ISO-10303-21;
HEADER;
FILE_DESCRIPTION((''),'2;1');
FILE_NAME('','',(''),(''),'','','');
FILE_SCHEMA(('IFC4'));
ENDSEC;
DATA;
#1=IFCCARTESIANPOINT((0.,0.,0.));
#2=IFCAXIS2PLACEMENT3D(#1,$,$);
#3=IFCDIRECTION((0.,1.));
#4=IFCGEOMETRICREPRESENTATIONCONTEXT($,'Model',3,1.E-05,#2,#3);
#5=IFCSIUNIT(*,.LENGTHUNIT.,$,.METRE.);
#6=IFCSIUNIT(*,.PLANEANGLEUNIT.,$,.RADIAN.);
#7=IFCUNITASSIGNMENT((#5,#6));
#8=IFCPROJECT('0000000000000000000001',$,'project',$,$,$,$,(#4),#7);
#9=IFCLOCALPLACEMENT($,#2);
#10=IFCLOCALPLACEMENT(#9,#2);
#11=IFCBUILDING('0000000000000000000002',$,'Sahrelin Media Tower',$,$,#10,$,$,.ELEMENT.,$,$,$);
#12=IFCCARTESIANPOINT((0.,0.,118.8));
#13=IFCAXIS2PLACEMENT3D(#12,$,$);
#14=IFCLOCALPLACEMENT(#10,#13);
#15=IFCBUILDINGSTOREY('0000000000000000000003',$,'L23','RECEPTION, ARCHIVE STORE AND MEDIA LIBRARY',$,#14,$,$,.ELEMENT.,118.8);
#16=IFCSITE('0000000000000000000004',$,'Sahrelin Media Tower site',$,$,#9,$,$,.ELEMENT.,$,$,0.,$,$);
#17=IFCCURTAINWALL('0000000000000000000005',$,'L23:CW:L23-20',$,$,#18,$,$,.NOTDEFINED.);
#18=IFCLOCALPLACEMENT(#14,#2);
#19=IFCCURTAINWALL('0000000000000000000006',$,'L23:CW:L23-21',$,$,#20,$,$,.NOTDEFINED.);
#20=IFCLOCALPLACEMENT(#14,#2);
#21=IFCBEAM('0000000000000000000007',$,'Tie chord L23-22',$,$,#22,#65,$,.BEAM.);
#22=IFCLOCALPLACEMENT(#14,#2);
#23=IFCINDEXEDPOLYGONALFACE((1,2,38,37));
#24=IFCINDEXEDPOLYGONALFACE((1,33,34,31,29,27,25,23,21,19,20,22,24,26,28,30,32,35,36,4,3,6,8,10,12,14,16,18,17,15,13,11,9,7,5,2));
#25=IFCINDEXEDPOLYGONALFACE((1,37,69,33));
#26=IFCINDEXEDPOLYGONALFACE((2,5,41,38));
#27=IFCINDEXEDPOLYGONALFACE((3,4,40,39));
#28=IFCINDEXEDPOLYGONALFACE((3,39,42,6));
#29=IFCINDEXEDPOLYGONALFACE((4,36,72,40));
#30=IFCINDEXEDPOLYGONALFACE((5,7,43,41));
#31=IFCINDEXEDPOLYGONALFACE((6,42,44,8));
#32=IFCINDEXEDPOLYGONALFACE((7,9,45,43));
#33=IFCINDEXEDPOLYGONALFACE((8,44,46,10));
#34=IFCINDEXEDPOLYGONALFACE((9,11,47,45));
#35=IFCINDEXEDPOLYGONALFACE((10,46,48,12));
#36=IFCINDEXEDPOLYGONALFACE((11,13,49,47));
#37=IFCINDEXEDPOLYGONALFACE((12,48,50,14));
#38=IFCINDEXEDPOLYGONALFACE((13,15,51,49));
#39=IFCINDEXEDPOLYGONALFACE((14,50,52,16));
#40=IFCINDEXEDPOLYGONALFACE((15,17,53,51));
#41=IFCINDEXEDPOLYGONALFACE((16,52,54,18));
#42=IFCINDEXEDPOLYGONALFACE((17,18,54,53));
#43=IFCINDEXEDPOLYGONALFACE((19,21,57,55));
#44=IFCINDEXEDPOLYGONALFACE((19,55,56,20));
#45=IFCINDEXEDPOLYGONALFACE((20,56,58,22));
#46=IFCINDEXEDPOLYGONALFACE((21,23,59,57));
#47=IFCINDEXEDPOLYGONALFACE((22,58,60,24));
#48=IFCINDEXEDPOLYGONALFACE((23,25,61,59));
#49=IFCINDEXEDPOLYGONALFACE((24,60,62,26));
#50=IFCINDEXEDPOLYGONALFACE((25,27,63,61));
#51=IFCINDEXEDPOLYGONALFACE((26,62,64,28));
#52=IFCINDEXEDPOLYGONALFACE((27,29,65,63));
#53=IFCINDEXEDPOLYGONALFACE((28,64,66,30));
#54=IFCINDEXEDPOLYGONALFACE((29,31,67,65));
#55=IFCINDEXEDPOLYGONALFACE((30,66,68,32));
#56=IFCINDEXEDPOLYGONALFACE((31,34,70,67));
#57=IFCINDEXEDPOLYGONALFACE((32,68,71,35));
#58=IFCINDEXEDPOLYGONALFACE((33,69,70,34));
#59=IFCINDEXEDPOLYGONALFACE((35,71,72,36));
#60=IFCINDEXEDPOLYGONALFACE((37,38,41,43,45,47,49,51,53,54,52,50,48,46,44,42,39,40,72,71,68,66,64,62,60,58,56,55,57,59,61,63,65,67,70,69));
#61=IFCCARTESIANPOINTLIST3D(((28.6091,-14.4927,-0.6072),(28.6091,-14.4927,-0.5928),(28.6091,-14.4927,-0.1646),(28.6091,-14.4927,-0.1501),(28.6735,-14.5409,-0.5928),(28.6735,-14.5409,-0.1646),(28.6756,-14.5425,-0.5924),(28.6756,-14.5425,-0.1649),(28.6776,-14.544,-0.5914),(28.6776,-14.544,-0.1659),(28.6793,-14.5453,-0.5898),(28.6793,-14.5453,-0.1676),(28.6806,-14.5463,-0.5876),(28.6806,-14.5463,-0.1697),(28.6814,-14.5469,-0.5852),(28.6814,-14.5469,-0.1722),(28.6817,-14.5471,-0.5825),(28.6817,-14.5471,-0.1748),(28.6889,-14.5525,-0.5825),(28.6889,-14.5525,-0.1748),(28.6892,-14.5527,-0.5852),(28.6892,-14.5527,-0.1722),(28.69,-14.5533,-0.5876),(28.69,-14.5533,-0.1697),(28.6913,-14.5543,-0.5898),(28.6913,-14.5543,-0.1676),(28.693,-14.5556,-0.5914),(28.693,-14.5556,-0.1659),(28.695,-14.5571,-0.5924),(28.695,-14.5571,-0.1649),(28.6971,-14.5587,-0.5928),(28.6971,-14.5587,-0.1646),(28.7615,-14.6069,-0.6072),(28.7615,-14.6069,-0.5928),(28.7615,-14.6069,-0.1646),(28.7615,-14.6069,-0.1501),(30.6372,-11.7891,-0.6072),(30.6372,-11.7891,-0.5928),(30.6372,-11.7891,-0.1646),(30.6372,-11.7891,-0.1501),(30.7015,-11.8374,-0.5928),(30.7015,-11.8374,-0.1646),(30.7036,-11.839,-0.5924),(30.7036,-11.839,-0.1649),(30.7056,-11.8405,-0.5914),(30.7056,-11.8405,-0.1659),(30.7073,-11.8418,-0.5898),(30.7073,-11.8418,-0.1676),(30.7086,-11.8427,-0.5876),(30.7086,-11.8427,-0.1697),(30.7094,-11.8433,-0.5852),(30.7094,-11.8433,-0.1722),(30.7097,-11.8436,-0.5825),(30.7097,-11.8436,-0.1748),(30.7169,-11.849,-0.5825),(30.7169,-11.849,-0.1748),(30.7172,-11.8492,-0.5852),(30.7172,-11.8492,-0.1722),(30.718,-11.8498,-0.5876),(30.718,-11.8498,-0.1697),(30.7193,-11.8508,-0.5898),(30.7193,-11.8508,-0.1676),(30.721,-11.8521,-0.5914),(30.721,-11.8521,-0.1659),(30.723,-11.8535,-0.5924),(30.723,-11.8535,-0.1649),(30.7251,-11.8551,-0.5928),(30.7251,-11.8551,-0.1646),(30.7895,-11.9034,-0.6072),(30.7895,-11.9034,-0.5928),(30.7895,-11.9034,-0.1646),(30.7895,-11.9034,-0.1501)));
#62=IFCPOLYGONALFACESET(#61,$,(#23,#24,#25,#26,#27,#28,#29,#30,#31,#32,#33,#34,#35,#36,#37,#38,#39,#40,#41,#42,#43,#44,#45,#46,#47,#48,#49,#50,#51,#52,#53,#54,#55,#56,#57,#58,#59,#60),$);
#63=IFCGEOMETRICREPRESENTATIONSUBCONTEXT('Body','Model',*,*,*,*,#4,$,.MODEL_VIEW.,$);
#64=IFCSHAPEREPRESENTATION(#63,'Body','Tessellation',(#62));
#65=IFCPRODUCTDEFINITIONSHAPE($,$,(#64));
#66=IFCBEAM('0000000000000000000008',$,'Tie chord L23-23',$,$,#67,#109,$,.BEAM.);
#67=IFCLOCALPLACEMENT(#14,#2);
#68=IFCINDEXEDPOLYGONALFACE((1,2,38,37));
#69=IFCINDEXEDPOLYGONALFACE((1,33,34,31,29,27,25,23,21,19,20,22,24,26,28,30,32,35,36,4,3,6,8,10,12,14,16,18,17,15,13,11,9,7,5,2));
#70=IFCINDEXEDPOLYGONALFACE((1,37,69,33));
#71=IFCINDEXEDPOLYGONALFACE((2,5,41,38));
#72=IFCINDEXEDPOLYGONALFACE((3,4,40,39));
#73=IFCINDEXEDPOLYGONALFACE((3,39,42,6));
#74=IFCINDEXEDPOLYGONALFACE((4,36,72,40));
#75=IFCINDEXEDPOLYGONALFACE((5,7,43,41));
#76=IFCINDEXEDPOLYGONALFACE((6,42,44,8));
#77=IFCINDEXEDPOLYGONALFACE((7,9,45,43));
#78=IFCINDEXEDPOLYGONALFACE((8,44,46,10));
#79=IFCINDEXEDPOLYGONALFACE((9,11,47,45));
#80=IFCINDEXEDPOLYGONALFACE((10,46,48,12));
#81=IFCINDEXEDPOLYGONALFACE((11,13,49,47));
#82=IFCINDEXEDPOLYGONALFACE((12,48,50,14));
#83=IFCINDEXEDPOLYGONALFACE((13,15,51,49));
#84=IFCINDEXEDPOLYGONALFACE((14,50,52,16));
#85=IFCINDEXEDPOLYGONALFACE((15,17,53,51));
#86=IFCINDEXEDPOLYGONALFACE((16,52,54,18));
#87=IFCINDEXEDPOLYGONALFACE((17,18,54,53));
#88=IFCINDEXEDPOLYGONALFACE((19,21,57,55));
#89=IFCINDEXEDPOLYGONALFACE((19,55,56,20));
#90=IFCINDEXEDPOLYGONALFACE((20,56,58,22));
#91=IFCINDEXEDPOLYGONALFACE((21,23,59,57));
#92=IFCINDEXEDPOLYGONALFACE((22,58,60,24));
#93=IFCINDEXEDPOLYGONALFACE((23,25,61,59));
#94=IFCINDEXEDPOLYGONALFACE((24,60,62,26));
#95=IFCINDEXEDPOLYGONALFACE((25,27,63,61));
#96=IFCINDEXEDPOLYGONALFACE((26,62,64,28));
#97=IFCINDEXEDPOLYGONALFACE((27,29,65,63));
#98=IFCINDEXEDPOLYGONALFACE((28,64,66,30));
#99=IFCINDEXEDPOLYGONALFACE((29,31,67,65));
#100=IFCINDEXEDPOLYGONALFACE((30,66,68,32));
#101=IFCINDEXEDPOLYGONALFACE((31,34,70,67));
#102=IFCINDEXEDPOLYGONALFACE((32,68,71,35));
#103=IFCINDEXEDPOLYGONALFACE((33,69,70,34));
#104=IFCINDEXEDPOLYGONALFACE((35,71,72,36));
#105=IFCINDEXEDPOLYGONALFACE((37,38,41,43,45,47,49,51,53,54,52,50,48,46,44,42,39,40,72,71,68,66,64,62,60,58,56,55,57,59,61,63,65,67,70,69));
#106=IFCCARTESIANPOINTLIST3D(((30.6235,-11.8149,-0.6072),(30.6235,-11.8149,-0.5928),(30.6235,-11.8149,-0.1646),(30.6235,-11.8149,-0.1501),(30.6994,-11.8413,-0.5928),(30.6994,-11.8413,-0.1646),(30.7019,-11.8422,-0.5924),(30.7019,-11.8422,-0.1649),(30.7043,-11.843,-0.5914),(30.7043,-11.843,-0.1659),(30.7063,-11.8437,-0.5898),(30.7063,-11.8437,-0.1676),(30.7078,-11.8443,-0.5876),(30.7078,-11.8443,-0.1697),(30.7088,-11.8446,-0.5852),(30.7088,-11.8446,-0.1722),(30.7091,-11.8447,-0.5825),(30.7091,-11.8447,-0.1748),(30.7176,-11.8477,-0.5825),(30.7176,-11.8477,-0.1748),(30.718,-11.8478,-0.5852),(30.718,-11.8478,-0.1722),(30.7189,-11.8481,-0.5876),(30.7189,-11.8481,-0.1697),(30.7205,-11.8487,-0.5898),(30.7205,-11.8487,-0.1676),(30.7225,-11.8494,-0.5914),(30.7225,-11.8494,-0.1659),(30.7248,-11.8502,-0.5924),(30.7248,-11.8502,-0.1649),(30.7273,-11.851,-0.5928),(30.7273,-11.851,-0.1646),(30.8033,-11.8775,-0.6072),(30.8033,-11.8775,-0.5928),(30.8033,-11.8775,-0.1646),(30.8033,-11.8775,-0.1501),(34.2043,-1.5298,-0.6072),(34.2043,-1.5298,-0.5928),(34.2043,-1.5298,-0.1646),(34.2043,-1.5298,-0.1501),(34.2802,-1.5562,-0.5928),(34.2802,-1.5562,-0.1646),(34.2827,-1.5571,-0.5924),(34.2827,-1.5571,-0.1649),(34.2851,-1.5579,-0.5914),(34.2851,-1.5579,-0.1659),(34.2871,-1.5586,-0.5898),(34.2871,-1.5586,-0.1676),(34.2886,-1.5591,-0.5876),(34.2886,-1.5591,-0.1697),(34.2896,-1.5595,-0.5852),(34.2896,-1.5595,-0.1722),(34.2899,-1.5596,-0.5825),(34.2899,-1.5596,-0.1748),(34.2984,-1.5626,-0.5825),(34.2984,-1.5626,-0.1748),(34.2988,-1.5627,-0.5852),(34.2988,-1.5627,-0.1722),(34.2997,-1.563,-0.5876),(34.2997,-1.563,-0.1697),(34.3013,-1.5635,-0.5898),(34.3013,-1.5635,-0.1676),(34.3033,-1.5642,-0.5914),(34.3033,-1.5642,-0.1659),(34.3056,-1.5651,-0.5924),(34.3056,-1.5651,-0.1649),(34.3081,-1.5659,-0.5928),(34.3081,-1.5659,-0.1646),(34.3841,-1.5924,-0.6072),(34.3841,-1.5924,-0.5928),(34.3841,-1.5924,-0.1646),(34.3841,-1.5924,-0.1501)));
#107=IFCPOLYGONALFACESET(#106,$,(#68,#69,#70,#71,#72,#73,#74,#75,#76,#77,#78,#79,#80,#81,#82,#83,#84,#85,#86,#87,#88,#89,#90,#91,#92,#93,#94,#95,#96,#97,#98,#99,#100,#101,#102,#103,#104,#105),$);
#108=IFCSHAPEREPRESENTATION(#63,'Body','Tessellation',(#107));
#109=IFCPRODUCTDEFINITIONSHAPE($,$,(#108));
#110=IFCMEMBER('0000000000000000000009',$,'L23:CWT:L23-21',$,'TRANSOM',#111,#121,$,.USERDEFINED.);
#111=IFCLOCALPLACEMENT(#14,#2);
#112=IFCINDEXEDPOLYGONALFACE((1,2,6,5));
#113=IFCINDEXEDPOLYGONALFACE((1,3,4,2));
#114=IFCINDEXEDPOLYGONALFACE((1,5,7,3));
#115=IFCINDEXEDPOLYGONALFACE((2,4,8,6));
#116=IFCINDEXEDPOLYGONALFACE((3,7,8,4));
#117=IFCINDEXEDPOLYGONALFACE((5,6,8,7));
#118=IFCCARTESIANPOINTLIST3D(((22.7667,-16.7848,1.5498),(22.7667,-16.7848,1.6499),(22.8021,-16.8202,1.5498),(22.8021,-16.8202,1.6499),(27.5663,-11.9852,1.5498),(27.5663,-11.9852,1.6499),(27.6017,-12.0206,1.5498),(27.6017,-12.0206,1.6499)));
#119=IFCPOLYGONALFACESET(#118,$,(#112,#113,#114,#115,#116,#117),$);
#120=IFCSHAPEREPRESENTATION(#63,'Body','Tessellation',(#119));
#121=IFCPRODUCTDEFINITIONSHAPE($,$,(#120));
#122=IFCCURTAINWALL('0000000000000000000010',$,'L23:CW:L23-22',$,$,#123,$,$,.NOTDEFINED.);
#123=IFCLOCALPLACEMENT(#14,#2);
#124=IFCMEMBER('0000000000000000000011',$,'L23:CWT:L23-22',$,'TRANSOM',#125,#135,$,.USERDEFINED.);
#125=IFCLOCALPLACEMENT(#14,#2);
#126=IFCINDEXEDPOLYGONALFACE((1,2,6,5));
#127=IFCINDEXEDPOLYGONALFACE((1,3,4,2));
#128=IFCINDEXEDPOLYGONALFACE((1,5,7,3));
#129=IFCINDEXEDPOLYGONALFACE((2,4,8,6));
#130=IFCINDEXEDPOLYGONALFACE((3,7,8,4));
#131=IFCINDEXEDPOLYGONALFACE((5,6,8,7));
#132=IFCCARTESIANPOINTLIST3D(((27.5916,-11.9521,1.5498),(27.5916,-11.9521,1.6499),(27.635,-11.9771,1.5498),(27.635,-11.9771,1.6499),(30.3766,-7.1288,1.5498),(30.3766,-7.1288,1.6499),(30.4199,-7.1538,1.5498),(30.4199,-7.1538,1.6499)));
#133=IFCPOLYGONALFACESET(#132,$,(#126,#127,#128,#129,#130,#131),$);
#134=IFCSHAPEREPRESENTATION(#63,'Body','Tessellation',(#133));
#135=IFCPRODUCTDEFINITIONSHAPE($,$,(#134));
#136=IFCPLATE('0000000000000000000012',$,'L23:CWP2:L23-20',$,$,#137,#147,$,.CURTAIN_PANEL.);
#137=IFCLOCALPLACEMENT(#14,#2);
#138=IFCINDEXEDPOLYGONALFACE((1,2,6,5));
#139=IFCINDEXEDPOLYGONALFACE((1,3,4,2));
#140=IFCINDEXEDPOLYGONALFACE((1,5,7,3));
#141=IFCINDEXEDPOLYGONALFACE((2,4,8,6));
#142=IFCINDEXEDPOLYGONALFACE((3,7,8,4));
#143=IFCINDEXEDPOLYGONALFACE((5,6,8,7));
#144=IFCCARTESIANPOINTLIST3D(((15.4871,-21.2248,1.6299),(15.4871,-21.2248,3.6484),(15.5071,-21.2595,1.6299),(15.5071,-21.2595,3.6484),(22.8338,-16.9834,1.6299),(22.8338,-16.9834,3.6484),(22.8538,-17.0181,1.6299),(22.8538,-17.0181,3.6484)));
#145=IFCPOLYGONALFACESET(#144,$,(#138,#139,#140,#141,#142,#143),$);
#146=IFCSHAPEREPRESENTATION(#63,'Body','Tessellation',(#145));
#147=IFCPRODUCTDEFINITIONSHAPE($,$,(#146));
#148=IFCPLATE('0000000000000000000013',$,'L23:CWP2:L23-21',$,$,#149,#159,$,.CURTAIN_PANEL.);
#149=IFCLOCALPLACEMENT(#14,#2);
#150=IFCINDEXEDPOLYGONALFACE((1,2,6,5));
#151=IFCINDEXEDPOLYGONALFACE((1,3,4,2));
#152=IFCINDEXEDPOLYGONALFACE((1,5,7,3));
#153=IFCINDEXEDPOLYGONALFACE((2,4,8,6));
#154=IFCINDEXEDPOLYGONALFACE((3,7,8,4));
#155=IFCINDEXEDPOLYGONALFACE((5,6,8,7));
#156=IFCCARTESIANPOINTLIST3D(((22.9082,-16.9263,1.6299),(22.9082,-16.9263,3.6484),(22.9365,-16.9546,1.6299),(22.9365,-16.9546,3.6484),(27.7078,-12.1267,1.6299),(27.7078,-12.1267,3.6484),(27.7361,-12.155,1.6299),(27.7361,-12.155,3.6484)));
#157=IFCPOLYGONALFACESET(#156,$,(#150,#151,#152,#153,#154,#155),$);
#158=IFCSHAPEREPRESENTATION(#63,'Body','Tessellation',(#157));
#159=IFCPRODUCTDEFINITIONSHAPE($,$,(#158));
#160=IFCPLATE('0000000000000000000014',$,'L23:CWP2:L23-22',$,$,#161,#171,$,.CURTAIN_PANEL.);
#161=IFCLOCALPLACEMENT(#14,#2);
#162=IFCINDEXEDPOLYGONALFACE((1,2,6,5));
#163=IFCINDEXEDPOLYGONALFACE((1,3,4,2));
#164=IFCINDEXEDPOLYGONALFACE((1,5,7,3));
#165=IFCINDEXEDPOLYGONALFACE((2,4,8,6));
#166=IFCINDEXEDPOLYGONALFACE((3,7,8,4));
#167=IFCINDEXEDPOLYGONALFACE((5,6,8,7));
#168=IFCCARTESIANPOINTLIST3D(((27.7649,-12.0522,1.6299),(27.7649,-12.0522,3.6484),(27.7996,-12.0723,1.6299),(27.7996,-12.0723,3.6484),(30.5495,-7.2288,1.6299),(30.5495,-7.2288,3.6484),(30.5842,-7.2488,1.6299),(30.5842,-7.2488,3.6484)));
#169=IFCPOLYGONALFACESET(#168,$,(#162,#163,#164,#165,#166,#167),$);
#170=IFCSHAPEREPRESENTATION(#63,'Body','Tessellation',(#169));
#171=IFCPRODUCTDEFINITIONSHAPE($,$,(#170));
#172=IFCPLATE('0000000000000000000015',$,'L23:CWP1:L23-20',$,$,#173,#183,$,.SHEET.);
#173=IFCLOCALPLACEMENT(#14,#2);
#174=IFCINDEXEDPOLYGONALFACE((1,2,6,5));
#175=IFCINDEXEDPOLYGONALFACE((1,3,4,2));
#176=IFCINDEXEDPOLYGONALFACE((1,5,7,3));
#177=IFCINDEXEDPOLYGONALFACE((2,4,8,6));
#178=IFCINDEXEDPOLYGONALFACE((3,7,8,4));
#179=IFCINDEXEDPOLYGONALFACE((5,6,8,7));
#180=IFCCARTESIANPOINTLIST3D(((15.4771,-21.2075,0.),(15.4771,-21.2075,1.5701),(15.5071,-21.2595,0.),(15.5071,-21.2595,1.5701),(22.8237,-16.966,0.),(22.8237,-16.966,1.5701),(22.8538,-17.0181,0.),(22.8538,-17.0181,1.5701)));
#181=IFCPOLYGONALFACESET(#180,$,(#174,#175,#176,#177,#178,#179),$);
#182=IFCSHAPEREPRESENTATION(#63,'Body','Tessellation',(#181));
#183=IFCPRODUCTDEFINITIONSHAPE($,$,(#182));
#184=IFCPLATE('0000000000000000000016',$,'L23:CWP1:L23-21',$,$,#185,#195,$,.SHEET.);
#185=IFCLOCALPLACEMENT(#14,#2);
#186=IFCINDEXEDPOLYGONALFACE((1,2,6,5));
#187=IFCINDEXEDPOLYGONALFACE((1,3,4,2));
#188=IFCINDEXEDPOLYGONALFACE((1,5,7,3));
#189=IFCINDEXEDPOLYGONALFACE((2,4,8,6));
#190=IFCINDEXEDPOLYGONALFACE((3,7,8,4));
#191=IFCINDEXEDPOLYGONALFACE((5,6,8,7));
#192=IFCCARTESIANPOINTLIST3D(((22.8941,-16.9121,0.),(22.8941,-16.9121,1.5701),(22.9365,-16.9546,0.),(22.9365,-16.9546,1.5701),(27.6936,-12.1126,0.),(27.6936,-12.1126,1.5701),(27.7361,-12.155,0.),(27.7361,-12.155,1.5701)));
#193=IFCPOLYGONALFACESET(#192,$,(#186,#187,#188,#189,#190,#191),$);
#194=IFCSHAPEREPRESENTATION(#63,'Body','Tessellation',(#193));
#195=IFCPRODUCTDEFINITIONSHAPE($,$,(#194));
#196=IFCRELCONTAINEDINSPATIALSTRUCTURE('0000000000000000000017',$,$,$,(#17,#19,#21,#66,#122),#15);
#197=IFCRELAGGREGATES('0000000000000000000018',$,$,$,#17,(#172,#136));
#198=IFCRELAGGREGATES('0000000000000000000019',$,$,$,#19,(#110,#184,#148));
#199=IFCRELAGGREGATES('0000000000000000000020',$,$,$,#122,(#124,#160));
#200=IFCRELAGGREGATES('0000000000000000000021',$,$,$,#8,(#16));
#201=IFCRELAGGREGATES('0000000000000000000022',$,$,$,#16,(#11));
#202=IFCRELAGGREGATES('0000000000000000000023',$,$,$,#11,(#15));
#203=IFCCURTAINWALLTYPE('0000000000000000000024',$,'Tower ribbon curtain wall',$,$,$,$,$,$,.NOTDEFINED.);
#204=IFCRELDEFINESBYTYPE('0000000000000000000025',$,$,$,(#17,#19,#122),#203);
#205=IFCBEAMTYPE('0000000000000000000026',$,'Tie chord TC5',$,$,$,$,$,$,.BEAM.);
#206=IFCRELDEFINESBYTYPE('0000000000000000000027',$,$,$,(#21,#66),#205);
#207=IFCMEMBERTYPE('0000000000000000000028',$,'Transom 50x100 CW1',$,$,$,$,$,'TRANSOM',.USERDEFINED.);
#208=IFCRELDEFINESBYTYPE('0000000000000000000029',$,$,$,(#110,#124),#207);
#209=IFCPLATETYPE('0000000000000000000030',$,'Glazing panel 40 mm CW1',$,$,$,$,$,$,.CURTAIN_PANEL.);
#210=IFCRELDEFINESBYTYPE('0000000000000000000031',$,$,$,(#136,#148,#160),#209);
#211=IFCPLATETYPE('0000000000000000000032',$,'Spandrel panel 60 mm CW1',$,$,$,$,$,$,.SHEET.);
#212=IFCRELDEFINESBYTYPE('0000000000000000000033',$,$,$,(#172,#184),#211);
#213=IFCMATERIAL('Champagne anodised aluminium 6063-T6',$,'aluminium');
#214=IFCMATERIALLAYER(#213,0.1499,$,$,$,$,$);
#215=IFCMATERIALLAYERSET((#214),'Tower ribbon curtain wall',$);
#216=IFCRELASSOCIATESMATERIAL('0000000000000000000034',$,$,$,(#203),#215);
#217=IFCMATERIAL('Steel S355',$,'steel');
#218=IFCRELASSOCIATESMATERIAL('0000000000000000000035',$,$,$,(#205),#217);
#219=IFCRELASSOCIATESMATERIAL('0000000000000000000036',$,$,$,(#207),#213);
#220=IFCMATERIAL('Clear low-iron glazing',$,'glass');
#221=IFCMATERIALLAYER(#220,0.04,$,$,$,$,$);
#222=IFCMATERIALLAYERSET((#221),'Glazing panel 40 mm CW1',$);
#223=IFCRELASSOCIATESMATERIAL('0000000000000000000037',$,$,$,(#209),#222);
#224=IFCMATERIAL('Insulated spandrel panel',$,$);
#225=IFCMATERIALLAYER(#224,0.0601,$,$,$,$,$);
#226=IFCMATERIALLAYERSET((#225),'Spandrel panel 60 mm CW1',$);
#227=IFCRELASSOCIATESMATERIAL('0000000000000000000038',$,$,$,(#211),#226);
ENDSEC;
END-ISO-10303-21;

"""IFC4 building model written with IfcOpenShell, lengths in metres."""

from ifc_helpers import new_model, si_unit, direction, frame, origin, origin_2d, place, context, subcontext, project, spatial, polyline, rectangle, i_section, outline, extrude, material, layer, layer_set, material_profile, profile_set, type_object, element, aggregate, save


model = new_model("IFC4")

# Units and contexts
model_context = context("Model", 3, precision=1e-05, world=origin(), true_north=direction((0.0, 1.0)))
body_context = subcontext(model_context, "Body", "Model", "MODEL_VIEW")
ifc_project = project(units=[si_unit("LENGTHUNIT", "METRE"), si_unit("PLANEANGLEUNIT", "RADIAN")], contexts=[model_context])

# Site, building, storey
site_placement = place(None, origin())
site = spatial("IfcSite", under=ifc_project, at=site_placement, Name="Sahrelin Media Tower site", CompositionType="ELEMENT", RefElevation=0.0)
building_placement = place(site_placement, origin())
building = spatial("IfcBuilding", under=site, at=building_placement, Name="Sahrelin Media Tower", CompositionType="ELEMENT")
storey_placement = place(building_placement, frame((0.0, 0.0, 118.8)))
storey = spatial("IfcBuildingStorey", under=building, at=storey_placement, Name="L23", Description="RECEPTION, ARCHIVE STORE AND MEDIA LIBRARY", CompositionType="ELEMENT", Elevation=118.8)

# Shared definitions
ifc_material_1 = material(Name="Steel S355", Category="steel")

# Curtain walls
ifc_material_2 = material(Name="Champagne anodised aluminium 6063-T6", Category="aluminium")
ifc_layer_1 = layer(ifc_material_2, 0.1499)
ifc_layer_set_1 = layer_set([ifc_layer_1], Name="Tower ribbon curtain wall")
curtain_wall_type = type_object("IfcCurtainWallType", Name="Tower ribbon curtain wall", PredefinedType="NOTDEFINED", material=ifc_layer_set_1)
curtain_wall_1_placement = place(storey_placement, frame((19.1704, -19.1216, 0.0), z_axis=(0.0, 0.0, 1.0), x_axis=(1.0, 0.0, 0.0)))
curtain_wall_1 = element("IfcCurtainWall", 1, at=curtain_wall_1_placement, inside=storey, type_object=curtain_wall_type, Name="L23:CW:L23-20", PredefinedType="NOTDEFINED")
curtain_wall_2_placement = place(storey_placement, frame((25.322, -14.5405, 0.0), z_axis=(0.0, 0.0, 1.0), x_axis=(1.0, 0.0, 0.0)))
curtain_wall_2 = element("IfcCurtainWall", 2, at=curtain_wall_2_placement, inside=storey, type_object=curtain_wall_type, Name="L23:CW:L23-21", PredefinedType="NOTDEFINED")

# Beams
ifc_material_profile_1 = material_profile(ifc_material_1, i_section(OverallWidth=0.1904, OverallDepth=0.457, WebThickness=0.009, FlangeThickness=0.0144, FilletRadius=0.0103, at=origin_2d()), Name="UB 457x191x74")
ifc_profile_set_1 = profile_set([ifc_material_profile_1], Name="Steel S355")
beam_type_1 = type_object("IfcBeamType", Name="Tie chord TC5", PredefinedType="BEAM", material=ifc_profile_set_1)
beam_1_placement = place(storey_placement, frame((28.6853, -14.5498, -0.3787), z_axis=(0.600069, 0.799948, 0.0), x_axis=(-0.799948, 0.600069, 0.0)))
element("IfcBeam", 3, at=beam_1_placement, inside=storey, type_object=beam_type_1, Name="Tie chord L23-22", PredefinedType="BEAM", context=body_context, shape_type="SweptSolid", body=[
    extrude(i_section(OverallWidth=0.1904, OverallDepth=0.457, WebThickness=0.009, FlangeThickness=0.0144, FilletRadius=0.0103, at=origin_2d()), origin(), (0.0, 0.0, 1.0), 3.3796),
])
beam_2_placement = place(storey_placement, frame((30.7134, -11.8462, -0.3787), z_axis=(0.328796, 0.944401, 0.0), x_axis=(-0.944401, 0.328796, 0.0)))
element("IfcBeam", 4, at=beam_2_placement, inside=storey, type_object=beam_type_1, Name="Tie chord L23-23", PredefinedType="BEAM", context=body_context, shape_type="SweptSolid", body=[
    extrude(i_section(OverallWidth=0.1904, OverallDepth=0.457, WebThickness=0.009, FlangeThickness=0.0144, FilletRadius=0.0103, at=origin_2d()), origin(), (0.0, 0.0, 1.0), 10.8906),
])

# Member
ifc_material_profile_2 = material_profile(ifc_material_2, rectangle(XDim=0.05, YDim=0.1001, at=origin_2d()), Name="Transom 50x100")
ifc_profile_set_2 = profile_set([ifc_material_profile_2], Name="Champagne anodised aluminium 6063-T6")
member_type_1 = type_object("IfcMemberType", Name="Transom 50x100 CW1", ElementType="TRANSOM", PredefinedType="USERDEFINED", material=ifc_profile_set_2)
member_1_placement = place(storey_placement, frame((22.7844, -16.8025, 1.5999), z_axis=(0.707107, 0.707107, 0.0), x_axis=(-0.707107, 0.707107, 0.0)))
member_1 = element("IfcMember", 5, at=member_1_placement, type_object=member_type_1, Name="L23:CWT:L23-21", ObjectType="TRANSOM", PredefinedType="USERDEFINED", context=body_context, shape_type="SweptSolid", body=[
    extrude(rectangle(XDim=0.05, YDim=0.1001, at=origin_2d()), origin(), (0.0, 0.0, 1.0), 6.7876),
])

# Curtain wall, member
curtain_wall_3_placement = place(storey_placement, frame((29.1746, -9.6504, 0.0), z_axis=(0.0, 0.0, 1.0), x_axis=(1.0, 0.0, 0.0)))
curtain_wall_3 = element("IfcCurtainWall", 6, at=curtain_wall_3_placement, inside=storey, type_object=curtain_wall_type, Name="L23:CW:L23-22", PredefinedType="NOTDEFINED")
member_2_placement = place(storey_placement, frame((27.6133, -11.9646, 1.5999), z_axis=(0.500029, 0.866009, 0.0), x_axis=(-0.866009, 0.500029, 0.0)))
member_2 = element("IfcMember", 7, at=member_2_placement, type_object=member_type_1, Name="L23:CWT:L23-22", ObjectType="TRANSOM", PredefinedType="USERDEFINED", context=body_context, shape_type="SweptSolid", body=[
    extrude(rectangle(XDim=0.05, YDim=0.1001, at=origin_2d()), origin(), (0.0, 0.0, 1.0), 5.5696),
])

# Plates
ifc_material_3 = material(Name="Clear low-iron glazing", Category="glass")
ifc_layer_2 = layer(ifc_material_3, 0.04)
ifc_layer_set_2 = layer_set([ifc_layer_2], Name="Glazing panel 40 mm CW1")
plate_type_1 = type_object("IfcPlateType", Name="Glazing panel 40 mm CW1", PredefinedType="CURTAIN_PANEL", material=ifc_layer_set_2)
plate_1_placement = place(storey_placement, frame((15.5071, -21.2595, 1.6299), z_axis=(0.499987, -0.866033, 0.0), x_axis=(0.866033, 0.499987, 0.0)))
plate_1 = element("IfcPlate", 8, at=plate_1_placement, type_object=plate_type_1, Name="L23:CWP2:L23-20", PredefinedType="CURTAIN_PANEL", context=body_context, shape_type="SweptSolid", body=[
    extrude(outline(polyline([(0.0, 0.0), (8.4832, 0.0), (8.4832, 2.0186), (0.0, 2.0186), (0.0, 0.0)])), origin(), (0.0, 0.0, -1.0), 0.04),
])
plate_2_placement = place(storey_placement, frame((22.9365, -16.9546, 1.6299), z_axis=(0.707107, -0.707107, 0.0), x_axis=(0.707107, 0.707107, 0.0)))
plate_2 = element("IfcPlate", 9, at=plate_2_placement, type_object=plate_type_1, Name="L23:CWP2:L23-21", PredefinedType="CURTAIN_PANEL", context=body_context, shape_type="SweptSolid", body=[
    extrude(outline(polyline([(0.0, 0.0), (6.7876, 0.0), (6.7876, 2.0186), (0.0, 2.0186), (0.0, 0.0)])), origin(), (0.0, 0.0, -1.0), 0.04),
])
plate_3_placement = place(storey_placement, frame((27.7996, -12.0723, 1.6299), z_axis=(0.866039, -0.499977, 0.0), x_axis=(0.499977, 0.866039, 0.0)))
plate_3 = element("IfcPlate", 10, at=plate_3_placement, type_object=plate_type_1, Name="L23:CWP2:L23-22", PredefinedType="CURTAIN_PANEL", context=body_context, shape_type="SweptSolid", body=[
    extrude(outline(polyline([(0.0, 0.0), (5.5696, 0.0), (5.5696, 2.0186), (0.0, 2.0186), (0.0, 0.0)])), origin(), (0.0, 0.0, -1.0), 0.04),
])
ifc_material_4 = material(Name="Insulated spandrel panel")
ifc_layer_3 = layer(ifc_material_4, 0.0601)
ifc_layer_set_3 = layer_set([ifc_layer_3], Name="Spandrel panel 60 mm CW1")
plate_type_2 = type_object("IfcPlateType", Name="Spandrel panel 60 mm CW1", PredefinedType="SHEET", material=ifc_layer_set_3)
plate_4_placement = place(storey_placement, frame((15.5071, -21.2595, 0.0), z_axis=(0.499987, -0.866033, 0.0), x_axis=(0.866033, 0.499987, 0.0)))
plate_4 = element("IfcPlate", 11, at=plate_4_placement, type_object=plate_type_2, Name="L23:CWP1:L23-20", PredefinedType="SHEET", context=body_context, shape_type="SweptSolid", body=[
    extrude(outline(polyline([(0.0, 0.0), (8.4832, 0.0), (8.4832, 1.5701), (0.0, 1.5701), (0.0, 0.0)])), origin(), (0.0, 0.0, -1.0), 0.0601),
])
aggregate(curtain_wall_1, [plate_4, plate_1])
plate_5_placement = place(storey_placement, frame((22.9365, -16.9546, 0.0), z_axis=(0.707107, -0.707107, 0.0), x_axis=(0.707107, 0.707107, 0.0)))
plate_5 = element("IfcPlate", 12, at=plate_5_placement, type_object=plate_type_2, Name="L23:CWP1:L23-21", PredefinedType="SHEET", context=body_context, shape_type="SweptSolid", body=[
    extrude(outline(polyline([(0.0, 0.0), (6.7876, 0.0), (6.7876, 1.5701), (0.0, 1.5701), (0.0, 0.0)])), origin(), (0.0, 0.0, -1.0), 0.0601),
])
aggregate(curtain_wall_2, [member_1, plate_5, plate_2])
aggregate(curtain_wall_3, [member_2, plate_3])

save(model, "model.ifc")
